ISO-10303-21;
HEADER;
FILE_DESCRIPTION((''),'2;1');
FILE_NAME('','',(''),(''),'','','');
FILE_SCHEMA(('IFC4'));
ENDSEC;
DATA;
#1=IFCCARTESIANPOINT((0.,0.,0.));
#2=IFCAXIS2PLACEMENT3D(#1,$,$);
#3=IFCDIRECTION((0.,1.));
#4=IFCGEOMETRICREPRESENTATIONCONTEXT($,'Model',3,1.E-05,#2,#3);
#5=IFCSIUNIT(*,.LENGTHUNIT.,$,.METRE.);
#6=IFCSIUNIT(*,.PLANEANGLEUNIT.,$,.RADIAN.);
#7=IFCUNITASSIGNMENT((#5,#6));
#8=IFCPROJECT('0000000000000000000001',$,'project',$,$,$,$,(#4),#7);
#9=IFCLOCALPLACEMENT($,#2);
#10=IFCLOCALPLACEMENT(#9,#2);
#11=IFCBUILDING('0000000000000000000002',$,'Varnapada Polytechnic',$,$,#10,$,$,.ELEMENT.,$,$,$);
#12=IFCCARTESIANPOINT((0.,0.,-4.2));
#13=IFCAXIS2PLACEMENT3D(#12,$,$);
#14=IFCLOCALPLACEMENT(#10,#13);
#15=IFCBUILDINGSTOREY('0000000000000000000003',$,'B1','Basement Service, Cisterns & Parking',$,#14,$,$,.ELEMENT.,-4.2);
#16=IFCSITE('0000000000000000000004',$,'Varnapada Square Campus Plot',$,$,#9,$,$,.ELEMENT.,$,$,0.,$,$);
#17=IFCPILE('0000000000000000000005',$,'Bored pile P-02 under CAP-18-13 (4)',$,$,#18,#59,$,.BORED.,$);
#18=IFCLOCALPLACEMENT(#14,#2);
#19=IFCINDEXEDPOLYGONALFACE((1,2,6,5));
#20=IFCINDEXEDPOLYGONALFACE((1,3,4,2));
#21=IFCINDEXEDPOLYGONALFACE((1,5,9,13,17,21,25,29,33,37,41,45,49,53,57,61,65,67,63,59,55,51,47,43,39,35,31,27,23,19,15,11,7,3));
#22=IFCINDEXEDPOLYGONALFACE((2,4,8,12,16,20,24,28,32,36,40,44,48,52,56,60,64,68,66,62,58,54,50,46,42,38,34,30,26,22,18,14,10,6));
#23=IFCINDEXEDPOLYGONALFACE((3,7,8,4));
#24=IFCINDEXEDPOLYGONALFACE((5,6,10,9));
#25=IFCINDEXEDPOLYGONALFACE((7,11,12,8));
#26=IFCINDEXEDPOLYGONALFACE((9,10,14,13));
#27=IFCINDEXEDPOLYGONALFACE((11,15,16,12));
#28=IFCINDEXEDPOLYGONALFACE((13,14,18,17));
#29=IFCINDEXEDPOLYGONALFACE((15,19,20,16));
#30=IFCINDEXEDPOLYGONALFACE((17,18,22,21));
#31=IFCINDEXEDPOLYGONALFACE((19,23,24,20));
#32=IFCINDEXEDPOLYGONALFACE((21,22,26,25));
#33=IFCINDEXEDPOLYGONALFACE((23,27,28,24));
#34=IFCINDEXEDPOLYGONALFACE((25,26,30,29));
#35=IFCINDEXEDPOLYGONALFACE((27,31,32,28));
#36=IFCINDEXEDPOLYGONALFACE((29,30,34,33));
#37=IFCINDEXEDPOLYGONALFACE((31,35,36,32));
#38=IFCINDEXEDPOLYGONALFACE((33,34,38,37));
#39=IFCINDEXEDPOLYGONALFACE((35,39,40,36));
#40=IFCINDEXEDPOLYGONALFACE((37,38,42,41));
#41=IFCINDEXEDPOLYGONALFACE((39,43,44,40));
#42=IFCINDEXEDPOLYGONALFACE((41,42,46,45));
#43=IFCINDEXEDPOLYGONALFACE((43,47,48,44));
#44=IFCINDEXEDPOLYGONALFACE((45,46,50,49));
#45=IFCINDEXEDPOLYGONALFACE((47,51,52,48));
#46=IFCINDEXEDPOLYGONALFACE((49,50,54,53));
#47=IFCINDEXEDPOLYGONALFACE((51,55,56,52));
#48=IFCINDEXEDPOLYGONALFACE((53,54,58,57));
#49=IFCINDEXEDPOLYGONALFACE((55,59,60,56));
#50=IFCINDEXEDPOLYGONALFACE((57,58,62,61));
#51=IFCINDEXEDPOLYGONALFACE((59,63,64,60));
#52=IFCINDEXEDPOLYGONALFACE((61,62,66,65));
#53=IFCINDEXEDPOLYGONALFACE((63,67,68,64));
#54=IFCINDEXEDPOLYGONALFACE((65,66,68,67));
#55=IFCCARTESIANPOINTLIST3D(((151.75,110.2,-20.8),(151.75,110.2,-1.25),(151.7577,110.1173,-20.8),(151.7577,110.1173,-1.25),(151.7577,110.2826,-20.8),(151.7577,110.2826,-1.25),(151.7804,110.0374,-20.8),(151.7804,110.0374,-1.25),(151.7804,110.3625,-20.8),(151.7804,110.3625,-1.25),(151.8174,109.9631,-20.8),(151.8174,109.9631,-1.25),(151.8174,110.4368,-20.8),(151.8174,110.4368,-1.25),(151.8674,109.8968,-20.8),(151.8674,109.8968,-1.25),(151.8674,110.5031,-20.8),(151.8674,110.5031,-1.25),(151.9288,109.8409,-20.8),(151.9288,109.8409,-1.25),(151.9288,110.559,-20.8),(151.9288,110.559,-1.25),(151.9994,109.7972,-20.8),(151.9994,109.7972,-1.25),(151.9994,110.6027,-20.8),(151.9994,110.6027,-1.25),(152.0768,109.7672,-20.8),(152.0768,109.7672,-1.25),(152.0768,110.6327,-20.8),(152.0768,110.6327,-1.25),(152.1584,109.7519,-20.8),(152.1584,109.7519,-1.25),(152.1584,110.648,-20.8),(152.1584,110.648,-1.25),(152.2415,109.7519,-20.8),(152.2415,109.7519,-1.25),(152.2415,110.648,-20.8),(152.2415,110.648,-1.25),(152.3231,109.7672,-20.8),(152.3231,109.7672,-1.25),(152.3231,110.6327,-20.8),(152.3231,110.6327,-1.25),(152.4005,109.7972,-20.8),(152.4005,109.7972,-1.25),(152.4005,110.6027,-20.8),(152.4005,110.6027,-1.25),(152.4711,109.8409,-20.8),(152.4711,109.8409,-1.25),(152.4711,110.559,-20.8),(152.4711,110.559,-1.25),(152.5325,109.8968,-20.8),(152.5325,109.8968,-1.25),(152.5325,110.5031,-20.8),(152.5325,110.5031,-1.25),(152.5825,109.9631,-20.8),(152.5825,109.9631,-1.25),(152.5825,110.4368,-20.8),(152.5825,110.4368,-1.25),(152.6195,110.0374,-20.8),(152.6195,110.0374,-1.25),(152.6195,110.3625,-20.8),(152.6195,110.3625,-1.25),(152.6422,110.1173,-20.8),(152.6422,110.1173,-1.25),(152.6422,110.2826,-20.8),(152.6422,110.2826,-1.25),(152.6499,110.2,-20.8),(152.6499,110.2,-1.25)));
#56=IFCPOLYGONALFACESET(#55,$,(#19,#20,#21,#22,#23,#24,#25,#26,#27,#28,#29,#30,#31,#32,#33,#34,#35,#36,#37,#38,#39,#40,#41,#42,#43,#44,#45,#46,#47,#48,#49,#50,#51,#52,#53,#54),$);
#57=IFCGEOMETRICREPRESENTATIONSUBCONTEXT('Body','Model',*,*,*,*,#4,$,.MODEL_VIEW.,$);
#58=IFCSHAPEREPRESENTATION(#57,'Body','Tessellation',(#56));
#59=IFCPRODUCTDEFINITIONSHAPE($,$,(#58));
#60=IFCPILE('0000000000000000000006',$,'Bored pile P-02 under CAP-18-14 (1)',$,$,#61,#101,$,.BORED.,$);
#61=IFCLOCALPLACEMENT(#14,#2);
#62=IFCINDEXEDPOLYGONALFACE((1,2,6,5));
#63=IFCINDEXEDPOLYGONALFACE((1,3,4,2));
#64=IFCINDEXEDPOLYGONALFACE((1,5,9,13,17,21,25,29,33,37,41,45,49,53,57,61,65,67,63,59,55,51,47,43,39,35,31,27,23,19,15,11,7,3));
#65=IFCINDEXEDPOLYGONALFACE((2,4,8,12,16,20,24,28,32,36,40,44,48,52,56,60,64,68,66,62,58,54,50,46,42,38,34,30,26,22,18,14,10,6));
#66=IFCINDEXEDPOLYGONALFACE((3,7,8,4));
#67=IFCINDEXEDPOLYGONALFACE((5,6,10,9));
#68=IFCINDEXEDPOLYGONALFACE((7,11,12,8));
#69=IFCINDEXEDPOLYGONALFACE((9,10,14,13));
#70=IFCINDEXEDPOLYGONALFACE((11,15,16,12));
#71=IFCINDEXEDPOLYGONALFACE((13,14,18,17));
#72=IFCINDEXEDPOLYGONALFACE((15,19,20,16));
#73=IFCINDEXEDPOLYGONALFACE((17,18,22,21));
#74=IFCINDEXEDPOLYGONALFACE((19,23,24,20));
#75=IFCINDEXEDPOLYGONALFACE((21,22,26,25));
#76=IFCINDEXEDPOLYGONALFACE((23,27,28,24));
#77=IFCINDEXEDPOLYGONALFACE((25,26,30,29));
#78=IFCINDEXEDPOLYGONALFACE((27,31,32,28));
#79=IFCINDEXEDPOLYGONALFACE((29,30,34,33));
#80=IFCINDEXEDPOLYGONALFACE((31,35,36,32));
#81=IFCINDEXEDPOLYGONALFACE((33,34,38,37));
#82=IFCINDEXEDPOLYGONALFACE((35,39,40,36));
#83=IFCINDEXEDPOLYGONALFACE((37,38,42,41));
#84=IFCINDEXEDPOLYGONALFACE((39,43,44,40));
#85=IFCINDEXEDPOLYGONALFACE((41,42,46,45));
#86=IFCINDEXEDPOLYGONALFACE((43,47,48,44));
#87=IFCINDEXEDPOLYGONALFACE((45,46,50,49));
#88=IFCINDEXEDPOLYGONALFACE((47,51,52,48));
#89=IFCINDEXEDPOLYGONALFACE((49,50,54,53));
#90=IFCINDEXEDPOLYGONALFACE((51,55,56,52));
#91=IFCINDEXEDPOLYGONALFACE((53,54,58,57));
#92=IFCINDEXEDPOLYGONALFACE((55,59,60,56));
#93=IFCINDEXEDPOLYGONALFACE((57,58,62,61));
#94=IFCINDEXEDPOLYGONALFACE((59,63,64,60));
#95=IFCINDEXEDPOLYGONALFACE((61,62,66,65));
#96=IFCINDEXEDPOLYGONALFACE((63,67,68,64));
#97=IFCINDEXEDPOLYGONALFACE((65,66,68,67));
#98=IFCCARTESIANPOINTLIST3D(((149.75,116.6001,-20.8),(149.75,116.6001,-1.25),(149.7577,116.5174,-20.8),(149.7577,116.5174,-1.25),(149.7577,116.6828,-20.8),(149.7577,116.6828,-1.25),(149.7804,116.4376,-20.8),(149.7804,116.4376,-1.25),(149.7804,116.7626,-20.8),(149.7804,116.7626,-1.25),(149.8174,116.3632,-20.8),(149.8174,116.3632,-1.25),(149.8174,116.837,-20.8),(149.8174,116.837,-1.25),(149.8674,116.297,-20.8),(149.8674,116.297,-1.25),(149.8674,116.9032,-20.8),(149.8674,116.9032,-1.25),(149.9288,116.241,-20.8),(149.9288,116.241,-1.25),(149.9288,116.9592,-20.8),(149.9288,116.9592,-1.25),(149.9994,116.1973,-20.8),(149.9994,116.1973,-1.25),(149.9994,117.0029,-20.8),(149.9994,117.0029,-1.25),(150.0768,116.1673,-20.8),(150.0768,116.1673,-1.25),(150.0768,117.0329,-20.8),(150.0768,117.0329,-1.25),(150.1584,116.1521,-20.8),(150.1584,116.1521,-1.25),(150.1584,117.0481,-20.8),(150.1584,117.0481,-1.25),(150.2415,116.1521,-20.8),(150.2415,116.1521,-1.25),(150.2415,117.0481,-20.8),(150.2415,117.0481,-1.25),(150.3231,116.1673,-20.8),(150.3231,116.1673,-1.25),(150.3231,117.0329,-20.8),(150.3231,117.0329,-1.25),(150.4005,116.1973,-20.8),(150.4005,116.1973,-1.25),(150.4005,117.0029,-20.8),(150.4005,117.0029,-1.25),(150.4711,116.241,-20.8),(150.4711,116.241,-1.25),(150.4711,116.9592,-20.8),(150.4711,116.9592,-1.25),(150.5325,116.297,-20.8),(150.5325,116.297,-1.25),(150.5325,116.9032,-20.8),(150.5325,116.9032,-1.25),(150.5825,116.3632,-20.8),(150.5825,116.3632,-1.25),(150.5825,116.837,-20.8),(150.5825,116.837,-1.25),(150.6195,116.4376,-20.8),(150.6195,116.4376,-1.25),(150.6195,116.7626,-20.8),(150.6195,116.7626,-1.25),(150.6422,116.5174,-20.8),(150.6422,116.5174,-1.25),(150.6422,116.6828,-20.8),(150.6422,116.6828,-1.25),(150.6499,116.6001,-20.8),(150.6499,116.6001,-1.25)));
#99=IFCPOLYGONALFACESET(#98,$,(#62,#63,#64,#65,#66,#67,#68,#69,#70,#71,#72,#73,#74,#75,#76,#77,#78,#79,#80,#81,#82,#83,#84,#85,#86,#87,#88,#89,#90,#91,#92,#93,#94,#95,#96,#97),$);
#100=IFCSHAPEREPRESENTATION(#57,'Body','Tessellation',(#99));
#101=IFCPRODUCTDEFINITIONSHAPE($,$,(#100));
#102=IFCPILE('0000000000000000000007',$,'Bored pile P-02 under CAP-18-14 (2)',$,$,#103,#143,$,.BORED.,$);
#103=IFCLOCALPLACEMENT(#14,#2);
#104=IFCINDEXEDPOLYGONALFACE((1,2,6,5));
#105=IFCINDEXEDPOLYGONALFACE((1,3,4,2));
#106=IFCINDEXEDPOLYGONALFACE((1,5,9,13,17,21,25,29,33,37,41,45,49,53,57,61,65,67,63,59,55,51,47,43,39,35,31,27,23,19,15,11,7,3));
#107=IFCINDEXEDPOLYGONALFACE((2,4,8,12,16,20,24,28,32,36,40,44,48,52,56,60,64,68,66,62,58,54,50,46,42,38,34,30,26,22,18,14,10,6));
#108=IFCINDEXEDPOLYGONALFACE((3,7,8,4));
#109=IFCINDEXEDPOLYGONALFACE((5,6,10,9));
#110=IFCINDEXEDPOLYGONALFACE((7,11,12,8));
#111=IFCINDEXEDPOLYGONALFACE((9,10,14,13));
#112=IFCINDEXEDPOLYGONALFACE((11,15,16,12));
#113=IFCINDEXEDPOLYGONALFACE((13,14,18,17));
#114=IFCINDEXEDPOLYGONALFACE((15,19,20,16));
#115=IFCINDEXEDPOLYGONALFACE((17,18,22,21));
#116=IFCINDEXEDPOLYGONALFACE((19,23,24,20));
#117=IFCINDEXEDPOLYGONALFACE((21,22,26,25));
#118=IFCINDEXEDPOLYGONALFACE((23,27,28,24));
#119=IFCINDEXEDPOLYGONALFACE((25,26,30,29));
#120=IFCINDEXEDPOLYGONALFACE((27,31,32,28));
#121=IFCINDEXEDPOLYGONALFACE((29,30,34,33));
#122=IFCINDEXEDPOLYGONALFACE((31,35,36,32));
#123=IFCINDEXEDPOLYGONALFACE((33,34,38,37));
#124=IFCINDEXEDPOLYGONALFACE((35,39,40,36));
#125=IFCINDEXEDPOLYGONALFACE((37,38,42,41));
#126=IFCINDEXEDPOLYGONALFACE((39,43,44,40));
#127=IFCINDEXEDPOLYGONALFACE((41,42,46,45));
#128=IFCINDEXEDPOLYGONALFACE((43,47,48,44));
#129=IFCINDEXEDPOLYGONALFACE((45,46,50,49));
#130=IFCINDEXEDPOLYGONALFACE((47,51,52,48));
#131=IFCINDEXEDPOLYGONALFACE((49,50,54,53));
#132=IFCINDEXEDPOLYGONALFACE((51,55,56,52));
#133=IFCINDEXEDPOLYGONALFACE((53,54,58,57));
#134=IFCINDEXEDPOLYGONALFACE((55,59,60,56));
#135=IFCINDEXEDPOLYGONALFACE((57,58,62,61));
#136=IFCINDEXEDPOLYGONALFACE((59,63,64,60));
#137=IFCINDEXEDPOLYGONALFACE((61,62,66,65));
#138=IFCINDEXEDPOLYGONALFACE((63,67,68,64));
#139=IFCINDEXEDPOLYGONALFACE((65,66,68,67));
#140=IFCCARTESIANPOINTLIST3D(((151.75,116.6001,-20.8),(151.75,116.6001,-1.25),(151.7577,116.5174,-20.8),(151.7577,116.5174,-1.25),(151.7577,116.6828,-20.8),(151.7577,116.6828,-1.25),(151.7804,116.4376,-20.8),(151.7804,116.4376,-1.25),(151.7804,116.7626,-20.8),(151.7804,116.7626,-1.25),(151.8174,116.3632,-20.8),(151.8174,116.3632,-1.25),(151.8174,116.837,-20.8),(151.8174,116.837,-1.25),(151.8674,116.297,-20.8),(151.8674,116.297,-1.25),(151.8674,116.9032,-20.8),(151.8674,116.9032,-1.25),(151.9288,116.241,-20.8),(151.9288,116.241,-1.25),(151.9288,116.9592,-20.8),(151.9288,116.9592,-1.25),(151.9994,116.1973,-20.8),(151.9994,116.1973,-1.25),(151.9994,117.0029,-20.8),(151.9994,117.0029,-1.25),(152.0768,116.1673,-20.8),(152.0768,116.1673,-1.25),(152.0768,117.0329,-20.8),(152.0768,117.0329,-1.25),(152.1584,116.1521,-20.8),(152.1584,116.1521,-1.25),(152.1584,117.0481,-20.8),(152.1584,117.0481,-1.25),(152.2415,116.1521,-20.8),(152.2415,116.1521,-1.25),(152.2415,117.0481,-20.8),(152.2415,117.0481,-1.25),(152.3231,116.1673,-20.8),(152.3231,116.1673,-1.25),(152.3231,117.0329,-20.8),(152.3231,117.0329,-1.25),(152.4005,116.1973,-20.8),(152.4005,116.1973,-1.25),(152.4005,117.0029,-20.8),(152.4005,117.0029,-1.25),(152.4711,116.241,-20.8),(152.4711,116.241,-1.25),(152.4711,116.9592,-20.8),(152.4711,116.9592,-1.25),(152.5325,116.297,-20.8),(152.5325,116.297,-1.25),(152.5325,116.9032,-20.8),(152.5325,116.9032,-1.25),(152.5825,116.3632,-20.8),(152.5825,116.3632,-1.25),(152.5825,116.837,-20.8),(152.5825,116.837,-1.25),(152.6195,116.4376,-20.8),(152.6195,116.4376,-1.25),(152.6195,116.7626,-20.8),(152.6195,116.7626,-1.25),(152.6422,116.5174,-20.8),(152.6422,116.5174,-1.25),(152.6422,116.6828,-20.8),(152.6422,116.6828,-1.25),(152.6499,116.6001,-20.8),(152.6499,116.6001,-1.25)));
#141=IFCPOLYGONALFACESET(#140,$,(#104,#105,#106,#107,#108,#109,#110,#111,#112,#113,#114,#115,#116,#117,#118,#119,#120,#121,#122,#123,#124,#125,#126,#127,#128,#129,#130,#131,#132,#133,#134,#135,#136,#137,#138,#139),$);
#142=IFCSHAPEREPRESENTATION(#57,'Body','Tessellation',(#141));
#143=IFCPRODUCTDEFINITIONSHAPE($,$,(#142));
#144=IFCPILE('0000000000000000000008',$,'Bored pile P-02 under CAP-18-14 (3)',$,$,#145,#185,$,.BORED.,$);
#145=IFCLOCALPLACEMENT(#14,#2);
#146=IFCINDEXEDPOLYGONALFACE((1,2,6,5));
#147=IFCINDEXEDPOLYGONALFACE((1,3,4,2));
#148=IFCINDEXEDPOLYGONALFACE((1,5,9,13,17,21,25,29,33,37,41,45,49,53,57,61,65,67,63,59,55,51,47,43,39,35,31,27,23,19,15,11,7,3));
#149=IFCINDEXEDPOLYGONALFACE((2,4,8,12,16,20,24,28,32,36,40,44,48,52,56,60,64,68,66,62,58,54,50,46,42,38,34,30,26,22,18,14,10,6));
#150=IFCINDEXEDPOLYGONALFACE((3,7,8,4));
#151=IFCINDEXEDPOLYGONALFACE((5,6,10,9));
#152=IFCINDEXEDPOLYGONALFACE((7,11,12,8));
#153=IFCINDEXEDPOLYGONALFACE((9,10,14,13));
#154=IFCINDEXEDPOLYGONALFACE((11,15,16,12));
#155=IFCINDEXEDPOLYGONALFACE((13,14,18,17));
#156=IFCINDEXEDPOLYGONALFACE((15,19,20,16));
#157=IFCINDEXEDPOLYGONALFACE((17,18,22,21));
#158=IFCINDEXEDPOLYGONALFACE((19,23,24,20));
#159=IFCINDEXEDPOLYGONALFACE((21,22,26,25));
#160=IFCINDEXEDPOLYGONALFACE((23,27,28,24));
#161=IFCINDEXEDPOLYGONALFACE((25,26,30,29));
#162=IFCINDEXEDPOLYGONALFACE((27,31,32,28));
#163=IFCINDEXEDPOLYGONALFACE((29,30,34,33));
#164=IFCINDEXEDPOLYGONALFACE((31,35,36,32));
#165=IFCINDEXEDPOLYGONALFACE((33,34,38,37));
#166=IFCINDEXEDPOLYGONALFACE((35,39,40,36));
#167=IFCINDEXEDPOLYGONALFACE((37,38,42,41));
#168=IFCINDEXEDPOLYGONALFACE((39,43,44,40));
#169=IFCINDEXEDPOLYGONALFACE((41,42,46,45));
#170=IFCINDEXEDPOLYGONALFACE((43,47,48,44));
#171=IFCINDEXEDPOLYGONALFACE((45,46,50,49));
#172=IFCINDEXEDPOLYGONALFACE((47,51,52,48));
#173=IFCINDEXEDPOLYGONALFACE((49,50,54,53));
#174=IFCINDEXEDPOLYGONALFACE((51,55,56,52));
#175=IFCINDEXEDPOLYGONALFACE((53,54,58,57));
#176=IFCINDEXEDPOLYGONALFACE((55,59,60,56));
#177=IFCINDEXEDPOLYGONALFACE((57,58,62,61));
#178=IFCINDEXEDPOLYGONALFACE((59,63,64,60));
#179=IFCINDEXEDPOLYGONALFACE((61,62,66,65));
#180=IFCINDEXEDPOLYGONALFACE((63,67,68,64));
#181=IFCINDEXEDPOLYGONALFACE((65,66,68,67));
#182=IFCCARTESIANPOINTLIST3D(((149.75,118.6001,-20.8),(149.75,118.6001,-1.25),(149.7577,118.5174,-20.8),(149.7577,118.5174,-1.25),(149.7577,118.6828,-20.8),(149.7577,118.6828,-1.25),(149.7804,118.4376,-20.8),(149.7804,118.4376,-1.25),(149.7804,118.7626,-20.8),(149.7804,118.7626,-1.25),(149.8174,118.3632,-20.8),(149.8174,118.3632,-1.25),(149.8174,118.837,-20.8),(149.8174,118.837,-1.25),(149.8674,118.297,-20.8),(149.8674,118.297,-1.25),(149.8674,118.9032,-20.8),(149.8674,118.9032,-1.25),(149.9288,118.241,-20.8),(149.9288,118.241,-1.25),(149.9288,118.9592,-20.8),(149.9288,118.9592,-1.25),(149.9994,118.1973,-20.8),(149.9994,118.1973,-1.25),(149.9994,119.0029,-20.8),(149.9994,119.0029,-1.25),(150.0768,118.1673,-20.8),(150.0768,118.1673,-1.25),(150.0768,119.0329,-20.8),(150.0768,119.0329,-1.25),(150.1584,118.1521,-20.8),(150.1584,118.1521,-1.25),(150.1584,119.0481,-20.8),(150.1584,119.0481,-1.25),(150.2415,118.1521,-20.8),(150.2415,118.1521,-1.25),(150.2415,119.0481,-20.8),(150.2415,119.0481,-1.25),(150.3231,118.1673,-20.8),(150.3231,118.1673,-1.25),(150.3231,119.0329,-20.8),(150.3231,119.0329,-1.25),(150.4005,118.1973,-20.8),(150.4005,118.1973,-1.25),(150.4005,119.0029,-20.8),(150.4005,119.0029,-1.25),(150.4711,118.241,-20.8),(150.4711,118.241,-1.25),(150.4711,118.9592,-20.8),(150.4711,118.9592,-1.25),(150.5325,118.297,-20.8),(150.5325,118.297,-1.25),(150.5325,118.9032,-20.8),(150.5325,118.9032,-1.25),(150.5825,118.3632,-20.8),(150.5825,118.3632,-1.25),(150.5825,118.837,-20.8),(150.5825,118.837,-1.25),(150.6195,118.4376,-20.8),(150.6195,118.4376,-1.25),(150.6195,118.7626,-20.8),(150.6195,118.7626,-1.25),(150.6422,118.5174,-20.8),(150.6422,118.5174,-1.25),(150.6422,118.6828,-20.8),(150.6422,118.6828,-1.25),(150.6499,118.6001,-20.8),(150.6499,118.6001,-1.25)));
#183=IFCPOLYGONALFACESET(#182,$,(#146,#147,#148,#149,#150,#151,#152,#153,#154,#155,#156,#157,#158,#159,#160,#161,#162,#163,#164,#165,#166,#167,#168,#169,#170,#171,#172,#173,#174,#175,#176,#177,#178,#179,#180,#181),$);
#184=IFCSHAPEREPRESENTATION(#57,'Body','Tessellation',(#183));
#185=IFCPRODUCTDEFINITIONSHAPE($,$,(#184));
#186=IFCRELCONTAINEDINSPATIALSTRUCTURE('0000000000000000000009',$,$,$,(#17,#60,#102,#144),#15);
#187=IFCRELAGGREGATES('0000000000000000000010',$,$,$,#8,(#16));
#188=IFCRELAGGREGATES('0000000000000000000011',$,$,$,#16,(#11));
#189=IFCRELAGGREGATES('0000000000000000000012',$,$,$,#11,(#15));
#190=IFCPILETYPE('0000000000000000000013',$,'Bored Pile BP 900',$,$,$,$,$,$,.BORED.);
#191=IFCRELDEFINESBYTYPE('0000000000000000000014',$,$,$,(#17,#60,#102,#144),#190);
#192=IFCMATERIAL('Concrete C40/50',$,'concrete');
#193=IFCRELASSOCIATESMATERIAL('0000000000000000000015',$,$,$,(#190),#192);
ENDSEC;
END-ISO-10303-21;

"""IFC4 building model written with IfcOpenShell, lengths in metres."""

from ifc_helpers import new_model, si_unit, direction, frame, origin, origin_2d, place, context, subcontext, project, spatial, circle, extrude, material, material_profile, profile_set, type_object, element, save


model = new_model("IFC4")

# Units and contexts
model_context = context("Model", 3, precision=1e-05, world=origin(), true_north=direction((0.0, 1.0)))
body_context = subcontext(model_context, "Body", "Model", "MODEL_VIEW")
ifc_project = project(units=[si_unit("LENGTHUNIT", "METRE"), si_unit("PLANEANGLEUNIT", "RADIAN")], contexts=[model_context])

# Site, building, storey
site_placement = place(None, origin())
site = spatial("IfcSite", under=ifc_project, at=site_placement, Name="Varnapada Square Campus Plot", CompositionType="ELEMENT", RefElevation=0.0)
building_placement = place(site_placement, origin())
building = spatial("IfcBuilding", under=site, at=building_placement, Name="Varnapada Polytechnic", CompositionType="ELEMENT")
storey_placement = place(building_placement, frame((0.0, 0.0, -4.2)))
storey = spatial("IfcBuildingStorey", under=building, at=storey_placement, Name="B1", Description="Basement Service, Cisterns & Parking", CompositionType="ELEMENT", Elevation=-4.2)

# Piles
ifc_material_1 = material(Name="Concrete C40/50", Category="concrete")
ifc_material_profile_1 = material_profile(ifc_material_1, circle(Radius=0.45, at=origin_2d()), Name="BP 900")
ifc_profile_set_1 = profile_set([ifc_material_profile_1], Name="Concrete C40/50")
pile_type = type_object("IfcPileType", Name="Bored Pile BP 900", PredefinedType="BORED", material=ifc_profile_set_1)
for number, where, z_axis, x_axis, name in (
    (1, (152.2, 110.2, -1.25), (0.0, 0.0, -1.0), (1.0, 0.0, 0.0), "Bored pile P-02 under CAP-18-13 (4)"),
    (2, (150.2, 116.6001, -1.25), (0.0, 0.0, -1.0), (1.0, 0.0, 0.0), "Bored pile P-02 under CAP-18-14 (1)"),
    (3, (152.2, 116.6001, -1.25), (0.0, 0.0, -1.0), (1.0, 0.0, 0.0), "Bored pile P-02 under CAP-18-14 (2)"),
    (4, (150.2, 118.6001, -1.25), (0.0, 0.0, -1.0), (1.0, 0.0, 0.0), "Bored pile P-02 under CAP-18-14 (3)"),
):
    element("IfcPile", number, at=place(storey_placement, frame(where, z_axis=z_axis, x_axis=x_axis)), inside=storey, type_object=pile_type, Name=name, PredefinedType="BORED", context=body_context, shape_type="SweptSolid", body=[
        extrude(circle(Radius=0.45, at=origin_2d()), origin(), (0.0, 0.0, 1.0), 19.55),
    ])

save(model, "model.ifc")
